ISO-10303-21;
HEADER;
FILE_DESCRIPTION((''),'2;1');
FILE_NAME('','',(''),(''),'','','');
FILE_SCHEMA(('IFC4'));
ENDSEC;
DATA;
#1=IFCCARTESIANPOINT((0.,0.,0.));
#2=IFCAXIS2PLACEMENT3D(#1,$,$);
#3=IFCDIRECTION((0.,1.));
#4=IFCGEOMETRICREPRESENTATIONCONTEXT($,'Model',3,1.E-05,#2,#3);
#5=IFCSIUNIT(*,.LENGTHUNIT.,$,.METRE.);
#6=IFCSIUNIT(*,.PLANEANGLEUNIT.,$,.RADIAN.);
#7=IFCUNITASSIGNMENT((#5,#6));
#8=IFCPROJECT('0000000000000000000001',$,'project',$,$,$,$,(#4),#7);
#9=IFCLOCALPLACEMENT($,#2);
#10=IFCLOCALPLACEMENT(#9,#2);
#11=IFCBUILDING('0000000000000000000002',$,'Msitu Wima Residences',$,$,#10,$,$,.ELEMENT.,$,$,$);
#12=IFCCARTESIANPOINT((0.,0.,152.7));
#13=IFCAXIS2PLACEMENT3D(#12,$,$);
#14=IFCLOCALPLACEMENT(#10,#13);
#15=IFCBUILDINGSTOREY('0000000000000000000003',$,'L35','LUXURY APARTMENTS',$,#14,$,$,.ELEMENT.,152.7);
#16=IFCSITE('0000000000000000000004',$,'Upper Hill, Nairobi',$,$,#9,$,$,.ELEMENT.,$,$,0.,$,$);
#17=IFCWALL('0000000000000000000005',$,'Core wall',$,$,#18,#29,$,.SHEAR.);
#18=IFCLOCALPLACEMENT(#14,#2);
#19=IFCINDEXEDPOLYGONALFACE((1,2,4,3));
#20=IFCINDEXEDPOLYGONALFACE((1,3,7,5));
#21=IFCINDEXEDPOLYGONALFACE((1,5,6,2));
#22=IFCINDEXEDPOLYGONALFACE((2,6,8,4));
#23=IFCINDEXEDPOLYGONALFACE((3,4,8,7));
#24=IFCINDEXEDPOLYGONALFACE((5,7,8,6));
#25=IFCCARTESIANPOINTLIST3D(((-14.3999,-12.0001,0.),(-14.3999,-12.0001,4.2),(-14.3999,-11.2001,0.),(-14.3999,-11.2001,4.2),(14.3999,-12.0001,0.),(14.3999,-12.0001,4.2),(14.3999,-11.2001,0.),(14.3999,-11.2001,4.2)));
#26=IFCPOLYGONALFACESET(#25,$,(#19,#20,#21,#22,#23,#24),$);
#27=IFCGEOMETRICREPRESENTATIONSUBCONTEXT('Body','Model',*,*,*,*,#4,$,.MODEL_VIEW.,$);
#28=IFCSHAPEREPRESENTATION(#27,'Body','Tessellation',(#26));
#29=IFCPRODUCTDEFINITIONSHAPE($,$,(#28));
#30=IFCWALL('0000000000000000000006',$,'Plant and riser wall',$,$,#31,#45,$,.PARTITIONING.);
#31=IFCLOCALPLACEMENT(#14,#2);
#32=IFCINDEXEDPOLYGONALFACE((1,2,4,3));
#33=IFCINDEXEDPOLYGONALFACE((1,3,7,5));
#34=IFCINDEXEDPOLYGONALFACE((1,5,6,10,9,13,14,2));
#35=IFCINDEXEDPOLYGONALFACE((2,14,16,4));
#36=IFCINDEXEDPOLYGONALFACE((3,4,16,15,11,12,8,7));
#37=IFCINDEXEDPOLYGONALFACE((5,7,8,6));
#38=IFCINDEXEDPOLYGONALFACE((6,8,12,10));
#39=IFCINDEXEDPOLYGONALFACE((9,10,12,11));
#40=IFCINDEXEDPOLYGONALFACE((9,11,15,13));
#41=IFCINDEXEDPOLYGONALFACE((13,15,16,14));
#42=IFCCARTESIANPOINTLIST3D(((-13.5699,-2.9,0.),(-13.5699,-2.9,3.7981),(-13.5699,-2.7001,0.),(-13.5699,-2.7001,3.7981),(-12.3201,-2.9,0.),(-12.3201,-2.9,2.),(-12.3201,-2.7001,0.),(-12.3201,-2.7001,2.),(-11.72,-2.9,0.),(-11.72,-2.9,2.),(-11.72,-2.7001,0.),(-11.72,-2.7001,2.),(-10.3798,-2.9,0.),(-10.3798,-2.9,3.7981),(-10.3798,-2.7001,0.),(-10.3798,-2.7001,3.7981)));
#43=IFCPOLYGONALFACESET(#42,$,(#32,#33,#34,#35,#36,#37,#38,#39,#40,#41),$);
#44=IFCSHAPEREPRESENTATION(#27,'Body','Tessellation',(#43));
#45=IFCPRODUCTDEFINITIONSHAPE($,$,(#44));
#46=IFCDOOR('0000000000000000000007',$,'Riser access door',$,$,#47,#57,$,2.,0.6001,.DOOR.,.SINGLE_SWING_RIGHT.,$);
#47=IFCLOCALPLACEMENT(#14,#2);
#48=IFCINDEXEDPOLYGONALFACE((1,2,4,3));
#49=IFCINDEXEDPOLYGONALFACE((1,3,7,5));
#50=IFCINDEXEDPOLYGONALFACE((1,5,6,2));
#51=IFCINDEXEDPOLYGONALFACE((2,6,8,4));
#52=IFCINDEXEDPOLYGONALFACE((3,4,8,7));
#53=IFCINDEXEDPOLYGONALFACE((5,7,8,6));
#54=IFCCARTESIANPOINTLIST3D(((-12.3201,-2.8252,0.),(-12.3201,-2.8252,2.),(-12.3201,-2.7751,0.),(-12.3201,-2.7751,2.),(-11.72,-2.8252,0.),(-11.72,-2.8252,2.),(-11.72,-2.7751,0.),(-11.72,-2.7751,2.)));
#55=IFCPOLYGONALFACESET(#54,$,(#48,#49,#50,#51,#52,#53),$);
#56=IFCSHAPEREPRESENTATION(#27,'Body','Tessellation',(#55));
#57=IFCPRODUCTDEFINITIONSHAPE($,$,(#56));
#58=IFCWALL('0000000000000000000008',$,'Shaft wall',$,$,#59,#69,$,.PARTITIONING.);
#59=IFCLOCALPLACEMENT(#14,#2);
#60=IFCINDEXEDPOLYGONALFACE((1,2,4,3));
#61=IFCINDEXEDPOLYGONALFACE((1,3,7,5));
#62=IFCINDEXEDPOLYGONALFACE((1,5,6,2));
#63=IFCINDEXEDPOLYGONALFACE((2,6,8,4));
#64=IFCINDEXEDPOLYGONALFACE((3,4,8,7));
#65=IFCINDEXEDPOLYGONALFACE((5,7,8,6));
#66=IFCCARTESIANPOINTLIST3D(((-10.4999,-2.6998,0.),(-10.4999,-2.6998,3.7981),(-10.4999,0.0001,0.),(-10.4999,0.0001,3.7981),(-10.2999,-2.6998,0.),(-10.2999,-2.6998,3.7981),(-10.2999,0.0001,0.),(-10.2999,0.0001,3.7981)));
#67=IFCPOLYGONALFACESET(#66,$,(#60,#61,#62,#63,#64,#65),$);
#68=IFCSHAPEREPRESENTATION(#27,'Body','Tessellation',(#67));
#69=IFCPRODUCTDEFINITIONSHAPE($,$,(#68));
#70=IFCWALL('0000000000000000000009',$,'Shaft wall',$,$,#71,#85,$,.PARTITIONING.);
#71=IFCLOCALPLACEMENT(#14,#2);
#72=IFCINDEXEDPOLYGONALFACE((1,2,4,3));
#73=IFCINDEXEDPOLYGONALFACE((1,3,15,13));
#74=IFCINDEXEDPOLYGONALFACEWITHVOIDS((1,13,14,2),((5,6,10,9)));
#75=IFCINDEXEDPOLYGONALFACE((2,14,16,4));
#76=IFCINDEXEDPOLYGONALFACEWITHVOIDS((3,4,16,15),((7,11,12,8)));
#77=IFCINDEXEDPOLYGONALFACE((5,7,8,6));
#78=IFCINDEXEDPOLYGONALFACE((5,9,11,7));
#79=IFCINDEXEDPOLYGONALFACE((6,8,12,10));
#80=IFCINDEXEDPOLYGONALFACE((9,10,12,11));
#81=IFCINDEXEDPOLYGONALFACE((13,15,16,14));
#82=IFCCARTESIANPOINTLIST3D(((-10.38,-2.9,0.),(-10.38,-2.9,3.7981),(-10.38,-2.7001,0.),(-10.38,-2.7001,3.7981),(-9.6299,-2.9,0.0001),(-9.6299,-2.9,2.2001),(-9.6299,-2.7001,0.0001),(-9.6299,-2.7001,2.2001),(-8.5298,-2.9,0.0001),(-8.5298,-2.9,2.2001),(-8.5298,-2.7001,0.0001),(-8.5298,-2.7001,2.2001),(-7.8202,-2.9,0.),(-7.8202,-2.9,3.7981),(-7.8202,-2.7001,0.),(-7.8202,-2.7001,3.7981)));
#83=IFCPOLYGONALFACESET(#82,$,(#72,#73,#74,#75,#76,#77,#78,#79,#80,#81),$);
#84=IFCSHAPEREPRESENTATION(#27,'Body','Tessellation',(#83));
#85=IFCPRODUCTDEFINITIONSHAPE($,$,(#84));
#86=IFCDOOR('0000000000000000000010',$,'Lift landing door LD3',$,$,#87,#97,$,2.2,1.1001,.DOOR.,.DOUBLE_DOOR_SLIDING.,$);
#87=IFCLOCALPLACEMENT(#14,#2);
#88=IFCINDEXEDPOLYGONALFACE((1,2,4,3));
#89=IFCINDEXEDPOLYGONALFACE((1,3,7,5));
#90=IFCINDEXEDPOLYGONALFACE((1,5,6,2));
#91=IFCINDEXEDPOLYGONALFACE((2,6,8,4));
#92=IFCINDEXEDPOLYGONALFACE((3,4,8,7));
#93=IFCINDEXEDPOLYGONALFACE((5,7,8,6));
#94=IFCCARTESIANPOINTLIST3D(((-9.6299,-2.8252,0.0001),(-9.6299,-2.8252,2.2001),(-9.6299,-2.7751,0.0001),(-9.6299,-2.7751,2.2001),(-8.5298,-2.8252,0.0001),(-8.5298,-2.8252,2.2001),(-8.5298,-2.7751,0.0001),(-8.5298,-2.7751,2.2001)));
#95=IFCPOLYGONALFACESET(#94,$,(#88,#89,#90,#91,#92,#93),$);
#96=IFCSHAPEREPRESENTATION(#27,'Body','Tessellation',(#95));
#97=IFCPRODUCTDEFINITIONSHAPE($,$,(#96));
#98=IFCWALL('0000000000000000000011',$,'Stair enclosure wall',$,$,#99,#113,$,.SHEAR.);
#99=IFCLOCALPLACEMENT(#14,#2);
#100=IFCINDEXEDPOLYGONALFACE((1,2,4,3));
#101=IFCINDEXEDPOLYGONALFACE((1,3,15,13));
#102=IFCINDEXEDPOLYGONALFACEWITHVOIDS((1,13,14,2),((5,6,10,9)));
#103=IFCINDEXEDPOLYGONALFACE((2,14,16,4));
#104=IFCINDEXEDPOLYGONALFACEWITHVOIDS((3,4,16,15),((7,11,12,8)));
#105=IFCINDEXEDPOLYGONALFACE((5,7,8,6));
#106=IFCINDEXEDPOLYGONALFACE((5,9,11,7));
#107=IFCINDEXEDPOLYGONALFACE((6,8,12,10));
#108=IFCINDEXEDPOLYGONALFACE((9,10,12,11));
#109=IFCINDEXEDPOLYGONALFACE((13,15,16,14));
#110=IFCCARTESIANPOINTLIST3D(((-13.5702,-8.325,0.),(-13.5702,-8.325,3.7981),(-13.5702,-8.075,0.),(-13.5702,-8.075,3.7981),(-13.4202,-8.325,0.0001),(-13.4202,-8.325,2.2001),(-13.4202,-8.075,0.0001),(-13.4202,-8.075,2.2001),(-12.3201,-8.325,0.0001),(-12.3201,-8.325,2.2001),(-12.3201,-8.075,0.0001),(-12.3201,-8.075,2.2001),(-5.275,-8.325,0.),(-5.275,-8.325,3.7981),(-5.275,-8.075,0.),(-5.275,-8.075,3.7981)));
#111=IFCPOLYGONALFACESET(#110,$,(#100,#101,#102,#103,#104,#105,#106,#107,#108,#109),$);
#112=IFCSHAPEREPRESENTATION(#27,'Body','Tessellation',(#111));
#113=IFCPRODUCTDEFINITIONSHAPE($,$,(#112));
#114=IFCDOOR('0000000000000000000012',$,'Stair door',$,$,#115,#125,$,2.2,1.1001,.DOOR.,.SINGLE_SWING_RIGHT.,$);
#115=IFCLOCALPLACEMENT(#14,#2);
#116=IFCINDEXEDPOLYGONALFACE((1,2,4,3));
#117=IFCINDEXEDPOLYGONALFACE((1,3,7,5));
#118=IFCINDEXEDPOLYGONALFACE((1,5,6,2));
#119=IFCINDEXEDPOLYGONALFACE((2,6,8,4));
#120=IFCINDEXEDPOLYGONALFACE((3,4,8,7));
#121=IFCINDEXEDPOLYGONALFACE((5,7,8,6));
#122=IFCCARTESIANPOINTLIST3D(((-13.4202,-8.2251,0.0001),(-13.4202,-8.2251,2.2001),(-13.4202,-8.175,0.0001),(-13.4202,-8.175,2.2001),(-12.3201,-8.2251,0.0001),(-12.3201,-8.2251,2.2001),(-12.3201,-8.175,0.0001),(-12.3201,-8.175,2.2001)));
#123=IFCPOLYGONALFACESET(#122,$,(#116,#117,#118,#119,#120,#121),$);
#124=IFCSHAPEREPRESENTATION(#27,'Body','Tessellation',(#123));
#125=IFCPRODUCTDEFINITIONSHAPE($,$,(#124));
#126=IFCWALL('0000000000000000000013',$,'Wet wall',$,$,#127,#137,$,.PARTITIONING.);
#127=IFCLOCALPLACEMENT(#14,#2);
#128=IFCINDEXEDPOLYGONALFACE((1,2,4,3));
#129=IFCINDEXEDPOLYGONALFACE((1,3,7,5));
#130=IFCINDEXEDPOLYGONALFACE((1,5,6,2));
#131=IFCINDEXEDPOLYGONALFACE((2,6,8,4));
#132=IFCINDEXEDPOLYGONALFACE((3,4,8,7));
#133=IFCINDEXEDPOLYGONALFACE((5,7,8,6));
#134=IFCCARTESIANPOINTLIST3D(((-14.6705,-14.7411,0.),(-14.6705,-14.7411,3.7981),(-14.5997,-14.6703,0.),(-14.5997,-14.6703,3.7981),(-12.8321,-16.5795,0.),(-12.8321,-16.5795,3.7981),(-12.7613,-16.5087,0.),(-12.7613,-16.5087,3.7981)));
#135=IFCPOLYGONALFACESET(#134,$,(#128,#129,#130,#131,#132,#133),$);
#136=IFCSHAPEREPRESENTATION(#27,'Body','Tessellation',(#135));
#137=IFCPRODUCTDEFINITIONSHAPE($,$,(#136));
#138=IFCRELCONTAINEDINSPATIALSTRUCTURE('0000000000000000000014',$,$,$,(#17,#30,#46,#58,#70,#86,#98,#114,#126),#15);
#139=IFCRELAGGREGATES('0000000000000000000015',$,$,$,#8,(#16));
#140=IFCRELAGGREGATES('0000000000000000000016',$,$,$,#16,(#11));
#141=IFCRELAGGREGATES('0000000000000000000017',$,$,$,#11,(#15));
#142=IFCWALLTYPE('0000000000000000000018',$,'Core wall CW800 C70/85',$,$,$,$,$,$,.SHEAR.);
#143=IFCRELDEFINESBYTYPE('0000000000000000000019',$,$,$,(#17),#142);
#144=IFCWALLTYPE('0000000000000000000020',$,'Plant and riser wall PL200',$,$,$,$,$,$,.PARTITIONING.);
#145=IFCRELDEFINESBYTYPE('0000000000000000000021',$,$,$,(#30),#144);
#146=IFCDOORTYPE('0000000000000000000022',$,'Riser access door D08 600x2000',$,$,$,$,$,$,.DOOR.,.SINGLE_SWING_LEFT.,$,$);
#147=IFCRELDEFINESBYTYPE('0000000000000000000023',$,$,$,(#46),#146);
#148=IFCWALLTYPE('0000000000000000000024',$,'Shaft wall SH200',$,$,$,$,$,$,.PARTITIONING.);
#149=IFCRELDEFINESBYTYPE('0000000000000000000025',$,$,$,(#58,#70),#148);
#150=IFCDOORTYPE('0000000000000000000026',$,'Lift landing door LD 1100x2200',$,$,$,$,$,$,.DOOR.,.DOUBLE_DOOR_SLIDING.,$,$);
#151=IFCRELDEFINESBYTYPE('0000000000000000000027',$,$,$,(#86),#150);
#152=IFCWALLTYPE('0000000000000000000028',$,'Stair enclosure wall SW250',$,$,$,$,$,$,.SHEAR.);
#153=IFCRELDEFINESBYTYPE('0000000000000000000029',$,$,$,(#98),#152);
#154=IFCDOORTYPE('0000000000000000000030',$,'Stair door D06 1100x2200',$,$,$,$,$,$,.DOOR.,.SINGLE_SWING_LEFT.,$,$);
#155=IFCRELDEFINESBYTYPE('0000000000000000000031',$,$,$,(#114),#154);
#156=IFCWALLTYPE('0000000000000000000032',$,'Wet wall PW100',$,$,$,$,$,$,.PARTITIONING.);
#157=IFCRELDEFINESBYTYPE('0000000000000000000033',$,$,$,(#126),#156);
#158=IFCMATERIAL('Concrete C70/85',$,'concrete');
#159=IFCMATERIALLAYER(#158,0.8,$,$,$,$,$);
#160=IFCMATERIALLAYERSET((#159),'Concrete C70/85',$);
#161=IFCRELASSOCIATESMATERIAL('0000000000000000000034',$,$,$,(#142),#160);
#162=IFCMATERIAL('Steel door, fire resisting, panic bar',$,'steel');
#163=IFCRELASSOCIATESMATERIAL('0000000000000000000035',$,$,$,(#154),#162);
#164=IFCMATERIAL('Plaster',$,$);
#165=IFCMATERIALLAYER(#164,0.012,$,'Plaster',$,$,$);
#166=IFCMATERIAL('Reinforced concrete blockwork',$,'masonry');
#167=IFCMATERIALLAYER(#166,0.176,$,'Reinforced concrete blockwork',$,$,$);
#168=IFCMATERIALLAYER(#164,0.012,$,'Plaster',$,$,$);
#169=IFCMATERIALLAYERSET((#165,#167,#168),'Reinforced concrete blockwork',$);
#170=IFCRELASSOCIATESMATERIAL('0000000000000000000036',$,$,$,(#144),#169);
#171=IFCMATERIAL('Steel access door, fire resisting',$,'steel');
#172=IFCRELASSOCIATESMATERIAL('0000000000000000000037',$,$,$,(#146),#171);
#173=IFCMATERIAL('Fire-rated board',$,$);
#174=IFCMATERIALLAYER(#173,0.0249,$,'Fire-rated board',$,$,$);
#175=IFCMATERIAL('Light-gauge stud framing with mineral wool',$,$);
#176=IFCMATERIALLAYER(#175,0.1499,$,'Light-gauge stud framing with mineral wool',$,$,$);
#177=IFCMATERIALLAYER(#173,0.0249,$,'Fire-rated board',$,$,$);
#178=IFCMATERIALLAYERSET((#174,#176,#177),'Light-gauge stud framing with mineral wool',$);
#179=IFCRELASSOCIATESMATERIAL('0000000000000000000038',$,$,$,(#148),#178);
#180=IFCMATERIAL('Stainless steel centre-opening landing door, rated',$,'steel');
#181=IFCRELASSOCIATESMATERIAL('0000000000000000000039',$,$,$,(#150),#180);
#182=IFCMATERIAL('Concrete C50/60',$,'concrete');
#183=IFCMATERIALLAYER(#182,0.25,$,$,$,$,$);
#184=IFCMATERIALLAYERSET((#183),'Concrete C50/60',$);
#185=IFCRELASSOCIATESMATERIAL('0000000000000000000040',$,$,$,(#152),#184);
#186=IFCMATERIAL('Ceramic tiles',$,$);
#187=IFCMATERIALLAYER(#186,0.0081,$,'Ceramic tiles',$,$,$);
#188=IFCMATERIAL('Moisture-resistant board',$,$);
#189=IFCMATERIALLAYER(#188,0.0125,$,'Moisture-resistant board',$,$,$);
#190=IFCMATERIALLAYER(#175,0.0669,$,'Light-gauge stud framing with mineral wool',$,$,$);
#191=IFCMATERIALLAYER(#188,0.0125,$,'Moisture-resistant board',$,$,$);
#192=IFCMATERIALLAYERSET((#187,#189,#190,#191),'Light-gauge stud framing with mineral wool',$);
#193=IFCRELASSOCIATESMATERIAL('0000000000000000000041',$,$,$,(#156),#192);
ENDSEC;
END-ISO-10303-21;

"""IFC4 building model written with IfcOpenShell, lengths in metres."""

from ifc_helpers import new_model, si_unit, direction, frame, frame_2d, origin, place, context, subcontext, project, spatial, rectangle, extrude, material, layer, layer_set, type_object, element, fill, save


model = new_model("IFC4")

# Units and contexts
model_context = context("Model", 3, precision=1e-05, world=origin(), true_north=direction((0.0, 1.0)))
body_context = subcontext(model_context, "Body", "Model", "MODEL_VIEW")
ifc_project = project(units=[si_unit("LENGTHUNIT", "METRE"), si_unit("PLANEANGLEUNIT", "RADIAN")], contexts=[model_context])

# Site, building, storey
site_placement = place(None, origin())
site = spatial("IfcSite", under=ifc_project, at=site_placement, Name="Upper Hill, Nairobi", CompositionType="ELEMENT", RefElevation=0.0)
building_placement = place(site_placement, origin())
building = spatial("IfcBuilding", under=site, at=building_placement, Name="Msitu Wima Residences", CompositionType="ELEMENT")
storey_placement = place(building_placement, frame((0.0, 0.0, 152.7)))
storey = spatial("IfcBuildingStorey", under=building, at=storey_placement, Name="L35", Description="LUXURY APARTMENTS", CompositionType="ELEMENT", Elevation=152.7)

# Wall
ifc_material_1 = material(Name="Concrete C70/85", Category="concrete")
ifc_layer_1 = layer(ifc_material_1, 0.8)
ifc_layer_set_1 = layer_set([ifc_layer_1], Name="Concrete C70/85")
wall_type_1 = type_object("IfcWallType", Name="Core wall CW800 C70/85", PredefinedType="SHEAR", material=ifc_layer_set_1)
wall_1_placement = place(storey_placement, frame((-14.3999, -11.6001, 0.0), z_axis=(0.0, 0.0, 1.0), x_axis=(1.0, 0.0, 0.0)))
element("IfcWall", 1, at=wall_1_placement, inside=storey, type_object=wall_type_1, Name="Core wall", PredefinedType="SHEAR", context=body_context, shape_type="SweptSolid", body=[
    extrude(rectangle(XDim=28.7998, YDim=0.8, at=frame_2d((14.3999, 0.0))), origin(), (0.0, 0.0, 1.0), 4.2),
])

# Shared definitions
ifc_material_2 = material(Name="Steel door, fire resisting, panic bar", Category="steel")
door_type_1 = type_object("IfcDoorType", Name="Stair door D06 1100x2200", OperationType="SINGLE_SWING_LEFT", PredefinedType="DOOR", material=ifc_material_2)

# Wall, opening, door
ifc_material_3 = material(Name="Plaster")
ifc_layer_2 = layer(ifc_material_3, 0.012, Name="Plaster")
ifc_material_4 = material(Name="Reinforced concrete blockwork", Category="masonry")
ifc_layer_3 = layer(ifc_material_4, 0.176, Name="Reinforced concrete blockwork")
ifc_layer_4 = layer(ifc_material_3, 0.012, Name="Plaster")
ifc_layer_set_2 = layer_set([ifc_layer_2, ifc_layer_3, ifc_layer_4], Name="Reinforced concrete blockwork")
wall_type_2 = type_object("IfcWallType", Name="Plant and riser wall PL200", PredefinedType="PARTITIONING", material=ifc_layer_set_2)
wall_2_placement = place(storey_placement, frame((-13.5701, -2.8, 0.0), z_axis=(0.0, 0.0, 1.0), x_axis=(1.0, 0.0, 0.0)))
wall_2 = element("IfcWall", 2, at=wall_2_placement, inside=storey, type_object=wall_type_2, Name="Plant and riser wall", PredefinedType="PARTITIONING", context=body_context, shape_type="SweptSolid", body=[
    extrude(rectangle(XDim=3.1902, YDim=0.2, at=frame_2d((1.5952, 0.0))), origin(), (0.0, 0.0, 1.0), 3.7981),
])
opening_1_placement = place(wall_2_placement, frame((1.25, 0.0, 0.0)))
opening_1 = element("IfcOpeningElement", 3, at=opening_1_placement, cuts=wall_2, PredefinedType="OPENING", context=body_context, shape_type="SweptSolid", body=[
    extrude(rectangle(XDim=0.6001, YDim=2.0, at=frame_2d((0.3, 1.0))), frame((0.0, 0.1099, 0.0), z_axis=(0.0, -1.0, 0.0), x_axis=(1.0, 0.0, 0.0)), (0.0, 0.0, 1.0), 0.22),
])
ifc_material_5 = material(Name="Steel access door, fire resisting", Category="steel")
door_type_2 = type_object("IfcDoorType", Name="Riser access door D08 600x2000", OperationType="SINGLE_SWING_LEFT", PredefinedType="DOOR", material=ifc_material_5)
door_1_placement = place(opening_1_placement, origin())
door_1 = element("IfcDoor", 4, at=door_1_placement, inside=storey, type_object=door_type_2, Name="Riser access door", OperationType="SINGLE_SWING_RIGHT", OverallHeight=2.0, OverallWidth=0.6001, PredefinedType="DOOR", context=body_context, shape_type="SweptSolid", body=[
    extrude(rectangle(XDim=0.6001, YDim=2.0, at=frame_2d((0.3, 1.0))), frame((0.0, 0.0249, 0.0), z_axis=(0.0, -1.0, 0.0), x_axis=(1.0, 0.0, 0.0)), (0.0, 0.0, 1.0), 0.05),
])
fill(opening_1, door_1)

# Wall
ifc_material_6 = material(Name="Fire-rated board")
ifc_layer_5 = layer(ifc_material_6, 0.0249, Name="Fire-rated board")
ifc_material_7 = material(Name="Light-gauge stud framing with mineral wool")
ifc_layer_6 = layer(ifc_material_7, 0.1499, Name="Light-gauge stud framing with mineral wool")
ifc_layer_7 = layer(ifc_material_6, 0.0249, Name="Fire-rated board")
ifc_layer_set_3 = layer_set([ifc_layer_5, ifc_layer_6, ifc_layer_7], Name="Light-gauge stud framing with mineral wool")
wall_type_3 = type_object("IfcWallType", Name="Shaft wall SH200", PredefinedType="PARTITIONING", material=ifc_layer_set_3)
wall_3_placement = place(storey_placement, frame((-10.3999, -2.7, 0.0), z_axis=(0.0, 0.0, 1.0), x_axis=(0.0, 1.0, 0.0)))
element("IfcWall", 5, at=wall_3_placement, inside=storey, type_object=wall_type_3, Name="Shaft wall", PredefinedType="PARTITIONING", context=body_context, shape_type="SweptSolid", body=[
    extrude(rectangle(XDim=2.7, YDim=0.2, at=frame_2d((1.3501, 0.0))), origin(), (0.0, 0.0, 1.0), 3.7981),
])

# Walls, openings, doors
wall_4_placement = place(storey_placement, frame((-10.3799, -2.8, 0.0), z_axis=(0.0, 0.0, 1.0), x_axis=(1.0, 0.0, 0.0)))
wall_4 = element("IfcWall", 6, at=wall_4_placement, inside=storey, type_object=wall_type_3, Name="Shaft wall", PredefinedType="PARTITIONING", context=body_context, shape_type="SweptSolid", body=[
    extrude(rectangle(XDim=2.5598, YDim=0.2, at=frame_2d((1.2798, 0.0))), origin(), (0.0, 0.0, 1.0), 3.7981),
])
opening_2_placement = place(wall_4_placement, frame((0.75, 0.0, 0.0)))
opening_2 = element("IfcOpeningElement", 7, at=opening_2_placement, cuts=wall_4, PredefinedType="OPENING", context=body_context, shape_type="SweptSolid", body=[
    extrude(rectangle(XDim=1.1001, YDim=2.2, at=frame_2d((0.55, 1.1001))), frame((0.0, 0.1099, 0.0), z_axis=(0.0, -1.0, 0.0), x_axis=(1.0, 0.0, 0.0)), (0.0, 0.0, 1.0), 0.22),
])
ifc_material_8 = material(Name="Stainless steel centre-opening landing door, rated", Category="steel")
door_type_3 = type_object("IfcDoorType", Name="Lift landing door LD 1100x2200", OperationType="DOUBLE_DOOR_SLIDING", PredefinedType="DOOR", material=ifc_material_8)
door_2_placement = place(opening_2_placement, origin())
door_2 = element("IfcDoor", 8, at=door_2_placement, inside=storey, type_object=door_type_3, Name="Lift landing door LD3", OperationType="DOUBLE_DOOR_SLIDING", OverallHeight=2.2, OverallWidth=1.1001, PredefinedType="DOOR", context=body_context, shape_type="SweptSolid", body=[
    extrude(rectangle(XDim=1.1001, YDim=2.2, at=frame_2d((0.55, 1.1001))), frame((0.0, 0.0249, 0.0), z_axis=(0.0, -1.0, 0.0), x_axis=(1.0, 0.0, 0.0)), (0.0, 0.0, 1.0), 0.05),
])
fill(opening_2, door_2)
ifc_material_9 = material(Name="Concrete C50/60", Category="concrete")
ifc_layer_8 = layer(ifc_material_9, 0.25)
ifc_layer_set_4 = layer_set([ifc_layer_8], Name="Concrete C50/60")
wall_type_4 = type_object("IfcWallType", Name="Stair enclosure wall SW250", PredefinedType="SHEAR", material=ifc_layer_set_4)
wall_5_placement = place(storey_placement, frame((-13.5701, -8.2, 0.0), z_axis=(0.0, 0.0, 1.0), x_axis=(1.0, 0.0, 0.0)))
wall_5 = element("IfcWall", 9, at=wall_5_placement, inside=storey, type_object=wall_type_4, Name="Stair enclosure wall", PredefinedType="SHEAR", context=body_context, shape_type="SweptSolid", body=[
    extrude(rectangle(XDim=8.2952, YDim=0.25, at=frame_2d((4.1475, 0.0))), origin(), (0.0, 0.0, 1.0), 3.7981),
])
opening_3_placement = place(wall_5_placement, frame((0.1499, 0.0, 0.0)))
opening_3 = element("IfcOpeningElement", 10, at=opening_3_placement, cuts=wall_5, PredefinedType="OPENING", context=body_context, shape_type="SweptSolid", body=[
    extrude(rectangle(XDim=1.1001, YDim=2.2, at=frame_2d((0.55, 1.1001))), frame((0.0, 0.135, 0.0), z_axis=(0.0, -1.0, 0.0), x_axis=(1.0, 0.0, 0.0)), (0.0, 0.0, 1.0), 0.27),
])
door_3_placement = place(opening_3_placement, origin())
door_3 = element("IfcDoor", 11, at=door_3_placement, inside=storey, type_object=door_type_1, Name="Stair door", OperationType="SINGLE_SWING_RIGHT", OverallHeight=2.2, OverallWidth=1.1001, PredefinedType="DOOR", context=body_context, shape_type="SweptSolid", body=[
    extrude(rectangle(XDim=1.1001, YDim=2.2, at=frame_2d((0.55, 1.1001))), frame((0.0, 0.0249, 0.0), z_axis=(0.0, -1.0, 0.0), x_axis=(1.0, 0.0, 0.0)), (0.0, 0.0, 1.0), 0.05),
])
fill(opening_3, door_3)

# Wall
ifc_material_10 = material(Name="Ceramic tiles")
ifc_layer_9 = layer(ifc_material_10, 0.0081, Name="Ceramic tiles")
ifc_material_11 = material(Name="Moisture-resistant board")
ifc_layer_10 = layer(ifc_material_11, 0.0125, Name="Moisture-resistant board")
ifc_layer_11 = layer(ifc_material_7, 0.0669, Name="Light-gauge stud framing with mineral wool")
ifc_layer_12 = layer(ifc_material_11, 0.0125, Name="Moisture-resistant board")
ifc_layer_set_5 = layer_set([ifc_layer_9, ifc_layer_10, ifc_layer_11, ifc_layer_12], Name="Light-gauge stud framing with mineral wool")
wall_type_5 = type_object("IfcWallType", Name="Wet wall PW100", PredefinedType="PARTITIONING", material=ifc_layer_set_5)
wall_6_placement = place(storey_placement, frame((-14.635, -14.7058, 0.0), z_axis=(0.0, 0.0, 1.0), x_axis=(0.707107, -0.707107, 0.0)))
element("IfcWall", 12, at=wall_6_placement, inside=storey, type_object=wall_type_5, Name="Wet wall", PredefinedType="PARTITIONING", context=body_context, shape_type="SweptSolid", body=[
    extrude(rectangle(XDim=2.5999, YDim=0.1001, at=frame_2d((1.2998, 0.0))), origin(), (0.0, 0.0, 1.0), 3.7981),
])

save(model, "model.ifc")
